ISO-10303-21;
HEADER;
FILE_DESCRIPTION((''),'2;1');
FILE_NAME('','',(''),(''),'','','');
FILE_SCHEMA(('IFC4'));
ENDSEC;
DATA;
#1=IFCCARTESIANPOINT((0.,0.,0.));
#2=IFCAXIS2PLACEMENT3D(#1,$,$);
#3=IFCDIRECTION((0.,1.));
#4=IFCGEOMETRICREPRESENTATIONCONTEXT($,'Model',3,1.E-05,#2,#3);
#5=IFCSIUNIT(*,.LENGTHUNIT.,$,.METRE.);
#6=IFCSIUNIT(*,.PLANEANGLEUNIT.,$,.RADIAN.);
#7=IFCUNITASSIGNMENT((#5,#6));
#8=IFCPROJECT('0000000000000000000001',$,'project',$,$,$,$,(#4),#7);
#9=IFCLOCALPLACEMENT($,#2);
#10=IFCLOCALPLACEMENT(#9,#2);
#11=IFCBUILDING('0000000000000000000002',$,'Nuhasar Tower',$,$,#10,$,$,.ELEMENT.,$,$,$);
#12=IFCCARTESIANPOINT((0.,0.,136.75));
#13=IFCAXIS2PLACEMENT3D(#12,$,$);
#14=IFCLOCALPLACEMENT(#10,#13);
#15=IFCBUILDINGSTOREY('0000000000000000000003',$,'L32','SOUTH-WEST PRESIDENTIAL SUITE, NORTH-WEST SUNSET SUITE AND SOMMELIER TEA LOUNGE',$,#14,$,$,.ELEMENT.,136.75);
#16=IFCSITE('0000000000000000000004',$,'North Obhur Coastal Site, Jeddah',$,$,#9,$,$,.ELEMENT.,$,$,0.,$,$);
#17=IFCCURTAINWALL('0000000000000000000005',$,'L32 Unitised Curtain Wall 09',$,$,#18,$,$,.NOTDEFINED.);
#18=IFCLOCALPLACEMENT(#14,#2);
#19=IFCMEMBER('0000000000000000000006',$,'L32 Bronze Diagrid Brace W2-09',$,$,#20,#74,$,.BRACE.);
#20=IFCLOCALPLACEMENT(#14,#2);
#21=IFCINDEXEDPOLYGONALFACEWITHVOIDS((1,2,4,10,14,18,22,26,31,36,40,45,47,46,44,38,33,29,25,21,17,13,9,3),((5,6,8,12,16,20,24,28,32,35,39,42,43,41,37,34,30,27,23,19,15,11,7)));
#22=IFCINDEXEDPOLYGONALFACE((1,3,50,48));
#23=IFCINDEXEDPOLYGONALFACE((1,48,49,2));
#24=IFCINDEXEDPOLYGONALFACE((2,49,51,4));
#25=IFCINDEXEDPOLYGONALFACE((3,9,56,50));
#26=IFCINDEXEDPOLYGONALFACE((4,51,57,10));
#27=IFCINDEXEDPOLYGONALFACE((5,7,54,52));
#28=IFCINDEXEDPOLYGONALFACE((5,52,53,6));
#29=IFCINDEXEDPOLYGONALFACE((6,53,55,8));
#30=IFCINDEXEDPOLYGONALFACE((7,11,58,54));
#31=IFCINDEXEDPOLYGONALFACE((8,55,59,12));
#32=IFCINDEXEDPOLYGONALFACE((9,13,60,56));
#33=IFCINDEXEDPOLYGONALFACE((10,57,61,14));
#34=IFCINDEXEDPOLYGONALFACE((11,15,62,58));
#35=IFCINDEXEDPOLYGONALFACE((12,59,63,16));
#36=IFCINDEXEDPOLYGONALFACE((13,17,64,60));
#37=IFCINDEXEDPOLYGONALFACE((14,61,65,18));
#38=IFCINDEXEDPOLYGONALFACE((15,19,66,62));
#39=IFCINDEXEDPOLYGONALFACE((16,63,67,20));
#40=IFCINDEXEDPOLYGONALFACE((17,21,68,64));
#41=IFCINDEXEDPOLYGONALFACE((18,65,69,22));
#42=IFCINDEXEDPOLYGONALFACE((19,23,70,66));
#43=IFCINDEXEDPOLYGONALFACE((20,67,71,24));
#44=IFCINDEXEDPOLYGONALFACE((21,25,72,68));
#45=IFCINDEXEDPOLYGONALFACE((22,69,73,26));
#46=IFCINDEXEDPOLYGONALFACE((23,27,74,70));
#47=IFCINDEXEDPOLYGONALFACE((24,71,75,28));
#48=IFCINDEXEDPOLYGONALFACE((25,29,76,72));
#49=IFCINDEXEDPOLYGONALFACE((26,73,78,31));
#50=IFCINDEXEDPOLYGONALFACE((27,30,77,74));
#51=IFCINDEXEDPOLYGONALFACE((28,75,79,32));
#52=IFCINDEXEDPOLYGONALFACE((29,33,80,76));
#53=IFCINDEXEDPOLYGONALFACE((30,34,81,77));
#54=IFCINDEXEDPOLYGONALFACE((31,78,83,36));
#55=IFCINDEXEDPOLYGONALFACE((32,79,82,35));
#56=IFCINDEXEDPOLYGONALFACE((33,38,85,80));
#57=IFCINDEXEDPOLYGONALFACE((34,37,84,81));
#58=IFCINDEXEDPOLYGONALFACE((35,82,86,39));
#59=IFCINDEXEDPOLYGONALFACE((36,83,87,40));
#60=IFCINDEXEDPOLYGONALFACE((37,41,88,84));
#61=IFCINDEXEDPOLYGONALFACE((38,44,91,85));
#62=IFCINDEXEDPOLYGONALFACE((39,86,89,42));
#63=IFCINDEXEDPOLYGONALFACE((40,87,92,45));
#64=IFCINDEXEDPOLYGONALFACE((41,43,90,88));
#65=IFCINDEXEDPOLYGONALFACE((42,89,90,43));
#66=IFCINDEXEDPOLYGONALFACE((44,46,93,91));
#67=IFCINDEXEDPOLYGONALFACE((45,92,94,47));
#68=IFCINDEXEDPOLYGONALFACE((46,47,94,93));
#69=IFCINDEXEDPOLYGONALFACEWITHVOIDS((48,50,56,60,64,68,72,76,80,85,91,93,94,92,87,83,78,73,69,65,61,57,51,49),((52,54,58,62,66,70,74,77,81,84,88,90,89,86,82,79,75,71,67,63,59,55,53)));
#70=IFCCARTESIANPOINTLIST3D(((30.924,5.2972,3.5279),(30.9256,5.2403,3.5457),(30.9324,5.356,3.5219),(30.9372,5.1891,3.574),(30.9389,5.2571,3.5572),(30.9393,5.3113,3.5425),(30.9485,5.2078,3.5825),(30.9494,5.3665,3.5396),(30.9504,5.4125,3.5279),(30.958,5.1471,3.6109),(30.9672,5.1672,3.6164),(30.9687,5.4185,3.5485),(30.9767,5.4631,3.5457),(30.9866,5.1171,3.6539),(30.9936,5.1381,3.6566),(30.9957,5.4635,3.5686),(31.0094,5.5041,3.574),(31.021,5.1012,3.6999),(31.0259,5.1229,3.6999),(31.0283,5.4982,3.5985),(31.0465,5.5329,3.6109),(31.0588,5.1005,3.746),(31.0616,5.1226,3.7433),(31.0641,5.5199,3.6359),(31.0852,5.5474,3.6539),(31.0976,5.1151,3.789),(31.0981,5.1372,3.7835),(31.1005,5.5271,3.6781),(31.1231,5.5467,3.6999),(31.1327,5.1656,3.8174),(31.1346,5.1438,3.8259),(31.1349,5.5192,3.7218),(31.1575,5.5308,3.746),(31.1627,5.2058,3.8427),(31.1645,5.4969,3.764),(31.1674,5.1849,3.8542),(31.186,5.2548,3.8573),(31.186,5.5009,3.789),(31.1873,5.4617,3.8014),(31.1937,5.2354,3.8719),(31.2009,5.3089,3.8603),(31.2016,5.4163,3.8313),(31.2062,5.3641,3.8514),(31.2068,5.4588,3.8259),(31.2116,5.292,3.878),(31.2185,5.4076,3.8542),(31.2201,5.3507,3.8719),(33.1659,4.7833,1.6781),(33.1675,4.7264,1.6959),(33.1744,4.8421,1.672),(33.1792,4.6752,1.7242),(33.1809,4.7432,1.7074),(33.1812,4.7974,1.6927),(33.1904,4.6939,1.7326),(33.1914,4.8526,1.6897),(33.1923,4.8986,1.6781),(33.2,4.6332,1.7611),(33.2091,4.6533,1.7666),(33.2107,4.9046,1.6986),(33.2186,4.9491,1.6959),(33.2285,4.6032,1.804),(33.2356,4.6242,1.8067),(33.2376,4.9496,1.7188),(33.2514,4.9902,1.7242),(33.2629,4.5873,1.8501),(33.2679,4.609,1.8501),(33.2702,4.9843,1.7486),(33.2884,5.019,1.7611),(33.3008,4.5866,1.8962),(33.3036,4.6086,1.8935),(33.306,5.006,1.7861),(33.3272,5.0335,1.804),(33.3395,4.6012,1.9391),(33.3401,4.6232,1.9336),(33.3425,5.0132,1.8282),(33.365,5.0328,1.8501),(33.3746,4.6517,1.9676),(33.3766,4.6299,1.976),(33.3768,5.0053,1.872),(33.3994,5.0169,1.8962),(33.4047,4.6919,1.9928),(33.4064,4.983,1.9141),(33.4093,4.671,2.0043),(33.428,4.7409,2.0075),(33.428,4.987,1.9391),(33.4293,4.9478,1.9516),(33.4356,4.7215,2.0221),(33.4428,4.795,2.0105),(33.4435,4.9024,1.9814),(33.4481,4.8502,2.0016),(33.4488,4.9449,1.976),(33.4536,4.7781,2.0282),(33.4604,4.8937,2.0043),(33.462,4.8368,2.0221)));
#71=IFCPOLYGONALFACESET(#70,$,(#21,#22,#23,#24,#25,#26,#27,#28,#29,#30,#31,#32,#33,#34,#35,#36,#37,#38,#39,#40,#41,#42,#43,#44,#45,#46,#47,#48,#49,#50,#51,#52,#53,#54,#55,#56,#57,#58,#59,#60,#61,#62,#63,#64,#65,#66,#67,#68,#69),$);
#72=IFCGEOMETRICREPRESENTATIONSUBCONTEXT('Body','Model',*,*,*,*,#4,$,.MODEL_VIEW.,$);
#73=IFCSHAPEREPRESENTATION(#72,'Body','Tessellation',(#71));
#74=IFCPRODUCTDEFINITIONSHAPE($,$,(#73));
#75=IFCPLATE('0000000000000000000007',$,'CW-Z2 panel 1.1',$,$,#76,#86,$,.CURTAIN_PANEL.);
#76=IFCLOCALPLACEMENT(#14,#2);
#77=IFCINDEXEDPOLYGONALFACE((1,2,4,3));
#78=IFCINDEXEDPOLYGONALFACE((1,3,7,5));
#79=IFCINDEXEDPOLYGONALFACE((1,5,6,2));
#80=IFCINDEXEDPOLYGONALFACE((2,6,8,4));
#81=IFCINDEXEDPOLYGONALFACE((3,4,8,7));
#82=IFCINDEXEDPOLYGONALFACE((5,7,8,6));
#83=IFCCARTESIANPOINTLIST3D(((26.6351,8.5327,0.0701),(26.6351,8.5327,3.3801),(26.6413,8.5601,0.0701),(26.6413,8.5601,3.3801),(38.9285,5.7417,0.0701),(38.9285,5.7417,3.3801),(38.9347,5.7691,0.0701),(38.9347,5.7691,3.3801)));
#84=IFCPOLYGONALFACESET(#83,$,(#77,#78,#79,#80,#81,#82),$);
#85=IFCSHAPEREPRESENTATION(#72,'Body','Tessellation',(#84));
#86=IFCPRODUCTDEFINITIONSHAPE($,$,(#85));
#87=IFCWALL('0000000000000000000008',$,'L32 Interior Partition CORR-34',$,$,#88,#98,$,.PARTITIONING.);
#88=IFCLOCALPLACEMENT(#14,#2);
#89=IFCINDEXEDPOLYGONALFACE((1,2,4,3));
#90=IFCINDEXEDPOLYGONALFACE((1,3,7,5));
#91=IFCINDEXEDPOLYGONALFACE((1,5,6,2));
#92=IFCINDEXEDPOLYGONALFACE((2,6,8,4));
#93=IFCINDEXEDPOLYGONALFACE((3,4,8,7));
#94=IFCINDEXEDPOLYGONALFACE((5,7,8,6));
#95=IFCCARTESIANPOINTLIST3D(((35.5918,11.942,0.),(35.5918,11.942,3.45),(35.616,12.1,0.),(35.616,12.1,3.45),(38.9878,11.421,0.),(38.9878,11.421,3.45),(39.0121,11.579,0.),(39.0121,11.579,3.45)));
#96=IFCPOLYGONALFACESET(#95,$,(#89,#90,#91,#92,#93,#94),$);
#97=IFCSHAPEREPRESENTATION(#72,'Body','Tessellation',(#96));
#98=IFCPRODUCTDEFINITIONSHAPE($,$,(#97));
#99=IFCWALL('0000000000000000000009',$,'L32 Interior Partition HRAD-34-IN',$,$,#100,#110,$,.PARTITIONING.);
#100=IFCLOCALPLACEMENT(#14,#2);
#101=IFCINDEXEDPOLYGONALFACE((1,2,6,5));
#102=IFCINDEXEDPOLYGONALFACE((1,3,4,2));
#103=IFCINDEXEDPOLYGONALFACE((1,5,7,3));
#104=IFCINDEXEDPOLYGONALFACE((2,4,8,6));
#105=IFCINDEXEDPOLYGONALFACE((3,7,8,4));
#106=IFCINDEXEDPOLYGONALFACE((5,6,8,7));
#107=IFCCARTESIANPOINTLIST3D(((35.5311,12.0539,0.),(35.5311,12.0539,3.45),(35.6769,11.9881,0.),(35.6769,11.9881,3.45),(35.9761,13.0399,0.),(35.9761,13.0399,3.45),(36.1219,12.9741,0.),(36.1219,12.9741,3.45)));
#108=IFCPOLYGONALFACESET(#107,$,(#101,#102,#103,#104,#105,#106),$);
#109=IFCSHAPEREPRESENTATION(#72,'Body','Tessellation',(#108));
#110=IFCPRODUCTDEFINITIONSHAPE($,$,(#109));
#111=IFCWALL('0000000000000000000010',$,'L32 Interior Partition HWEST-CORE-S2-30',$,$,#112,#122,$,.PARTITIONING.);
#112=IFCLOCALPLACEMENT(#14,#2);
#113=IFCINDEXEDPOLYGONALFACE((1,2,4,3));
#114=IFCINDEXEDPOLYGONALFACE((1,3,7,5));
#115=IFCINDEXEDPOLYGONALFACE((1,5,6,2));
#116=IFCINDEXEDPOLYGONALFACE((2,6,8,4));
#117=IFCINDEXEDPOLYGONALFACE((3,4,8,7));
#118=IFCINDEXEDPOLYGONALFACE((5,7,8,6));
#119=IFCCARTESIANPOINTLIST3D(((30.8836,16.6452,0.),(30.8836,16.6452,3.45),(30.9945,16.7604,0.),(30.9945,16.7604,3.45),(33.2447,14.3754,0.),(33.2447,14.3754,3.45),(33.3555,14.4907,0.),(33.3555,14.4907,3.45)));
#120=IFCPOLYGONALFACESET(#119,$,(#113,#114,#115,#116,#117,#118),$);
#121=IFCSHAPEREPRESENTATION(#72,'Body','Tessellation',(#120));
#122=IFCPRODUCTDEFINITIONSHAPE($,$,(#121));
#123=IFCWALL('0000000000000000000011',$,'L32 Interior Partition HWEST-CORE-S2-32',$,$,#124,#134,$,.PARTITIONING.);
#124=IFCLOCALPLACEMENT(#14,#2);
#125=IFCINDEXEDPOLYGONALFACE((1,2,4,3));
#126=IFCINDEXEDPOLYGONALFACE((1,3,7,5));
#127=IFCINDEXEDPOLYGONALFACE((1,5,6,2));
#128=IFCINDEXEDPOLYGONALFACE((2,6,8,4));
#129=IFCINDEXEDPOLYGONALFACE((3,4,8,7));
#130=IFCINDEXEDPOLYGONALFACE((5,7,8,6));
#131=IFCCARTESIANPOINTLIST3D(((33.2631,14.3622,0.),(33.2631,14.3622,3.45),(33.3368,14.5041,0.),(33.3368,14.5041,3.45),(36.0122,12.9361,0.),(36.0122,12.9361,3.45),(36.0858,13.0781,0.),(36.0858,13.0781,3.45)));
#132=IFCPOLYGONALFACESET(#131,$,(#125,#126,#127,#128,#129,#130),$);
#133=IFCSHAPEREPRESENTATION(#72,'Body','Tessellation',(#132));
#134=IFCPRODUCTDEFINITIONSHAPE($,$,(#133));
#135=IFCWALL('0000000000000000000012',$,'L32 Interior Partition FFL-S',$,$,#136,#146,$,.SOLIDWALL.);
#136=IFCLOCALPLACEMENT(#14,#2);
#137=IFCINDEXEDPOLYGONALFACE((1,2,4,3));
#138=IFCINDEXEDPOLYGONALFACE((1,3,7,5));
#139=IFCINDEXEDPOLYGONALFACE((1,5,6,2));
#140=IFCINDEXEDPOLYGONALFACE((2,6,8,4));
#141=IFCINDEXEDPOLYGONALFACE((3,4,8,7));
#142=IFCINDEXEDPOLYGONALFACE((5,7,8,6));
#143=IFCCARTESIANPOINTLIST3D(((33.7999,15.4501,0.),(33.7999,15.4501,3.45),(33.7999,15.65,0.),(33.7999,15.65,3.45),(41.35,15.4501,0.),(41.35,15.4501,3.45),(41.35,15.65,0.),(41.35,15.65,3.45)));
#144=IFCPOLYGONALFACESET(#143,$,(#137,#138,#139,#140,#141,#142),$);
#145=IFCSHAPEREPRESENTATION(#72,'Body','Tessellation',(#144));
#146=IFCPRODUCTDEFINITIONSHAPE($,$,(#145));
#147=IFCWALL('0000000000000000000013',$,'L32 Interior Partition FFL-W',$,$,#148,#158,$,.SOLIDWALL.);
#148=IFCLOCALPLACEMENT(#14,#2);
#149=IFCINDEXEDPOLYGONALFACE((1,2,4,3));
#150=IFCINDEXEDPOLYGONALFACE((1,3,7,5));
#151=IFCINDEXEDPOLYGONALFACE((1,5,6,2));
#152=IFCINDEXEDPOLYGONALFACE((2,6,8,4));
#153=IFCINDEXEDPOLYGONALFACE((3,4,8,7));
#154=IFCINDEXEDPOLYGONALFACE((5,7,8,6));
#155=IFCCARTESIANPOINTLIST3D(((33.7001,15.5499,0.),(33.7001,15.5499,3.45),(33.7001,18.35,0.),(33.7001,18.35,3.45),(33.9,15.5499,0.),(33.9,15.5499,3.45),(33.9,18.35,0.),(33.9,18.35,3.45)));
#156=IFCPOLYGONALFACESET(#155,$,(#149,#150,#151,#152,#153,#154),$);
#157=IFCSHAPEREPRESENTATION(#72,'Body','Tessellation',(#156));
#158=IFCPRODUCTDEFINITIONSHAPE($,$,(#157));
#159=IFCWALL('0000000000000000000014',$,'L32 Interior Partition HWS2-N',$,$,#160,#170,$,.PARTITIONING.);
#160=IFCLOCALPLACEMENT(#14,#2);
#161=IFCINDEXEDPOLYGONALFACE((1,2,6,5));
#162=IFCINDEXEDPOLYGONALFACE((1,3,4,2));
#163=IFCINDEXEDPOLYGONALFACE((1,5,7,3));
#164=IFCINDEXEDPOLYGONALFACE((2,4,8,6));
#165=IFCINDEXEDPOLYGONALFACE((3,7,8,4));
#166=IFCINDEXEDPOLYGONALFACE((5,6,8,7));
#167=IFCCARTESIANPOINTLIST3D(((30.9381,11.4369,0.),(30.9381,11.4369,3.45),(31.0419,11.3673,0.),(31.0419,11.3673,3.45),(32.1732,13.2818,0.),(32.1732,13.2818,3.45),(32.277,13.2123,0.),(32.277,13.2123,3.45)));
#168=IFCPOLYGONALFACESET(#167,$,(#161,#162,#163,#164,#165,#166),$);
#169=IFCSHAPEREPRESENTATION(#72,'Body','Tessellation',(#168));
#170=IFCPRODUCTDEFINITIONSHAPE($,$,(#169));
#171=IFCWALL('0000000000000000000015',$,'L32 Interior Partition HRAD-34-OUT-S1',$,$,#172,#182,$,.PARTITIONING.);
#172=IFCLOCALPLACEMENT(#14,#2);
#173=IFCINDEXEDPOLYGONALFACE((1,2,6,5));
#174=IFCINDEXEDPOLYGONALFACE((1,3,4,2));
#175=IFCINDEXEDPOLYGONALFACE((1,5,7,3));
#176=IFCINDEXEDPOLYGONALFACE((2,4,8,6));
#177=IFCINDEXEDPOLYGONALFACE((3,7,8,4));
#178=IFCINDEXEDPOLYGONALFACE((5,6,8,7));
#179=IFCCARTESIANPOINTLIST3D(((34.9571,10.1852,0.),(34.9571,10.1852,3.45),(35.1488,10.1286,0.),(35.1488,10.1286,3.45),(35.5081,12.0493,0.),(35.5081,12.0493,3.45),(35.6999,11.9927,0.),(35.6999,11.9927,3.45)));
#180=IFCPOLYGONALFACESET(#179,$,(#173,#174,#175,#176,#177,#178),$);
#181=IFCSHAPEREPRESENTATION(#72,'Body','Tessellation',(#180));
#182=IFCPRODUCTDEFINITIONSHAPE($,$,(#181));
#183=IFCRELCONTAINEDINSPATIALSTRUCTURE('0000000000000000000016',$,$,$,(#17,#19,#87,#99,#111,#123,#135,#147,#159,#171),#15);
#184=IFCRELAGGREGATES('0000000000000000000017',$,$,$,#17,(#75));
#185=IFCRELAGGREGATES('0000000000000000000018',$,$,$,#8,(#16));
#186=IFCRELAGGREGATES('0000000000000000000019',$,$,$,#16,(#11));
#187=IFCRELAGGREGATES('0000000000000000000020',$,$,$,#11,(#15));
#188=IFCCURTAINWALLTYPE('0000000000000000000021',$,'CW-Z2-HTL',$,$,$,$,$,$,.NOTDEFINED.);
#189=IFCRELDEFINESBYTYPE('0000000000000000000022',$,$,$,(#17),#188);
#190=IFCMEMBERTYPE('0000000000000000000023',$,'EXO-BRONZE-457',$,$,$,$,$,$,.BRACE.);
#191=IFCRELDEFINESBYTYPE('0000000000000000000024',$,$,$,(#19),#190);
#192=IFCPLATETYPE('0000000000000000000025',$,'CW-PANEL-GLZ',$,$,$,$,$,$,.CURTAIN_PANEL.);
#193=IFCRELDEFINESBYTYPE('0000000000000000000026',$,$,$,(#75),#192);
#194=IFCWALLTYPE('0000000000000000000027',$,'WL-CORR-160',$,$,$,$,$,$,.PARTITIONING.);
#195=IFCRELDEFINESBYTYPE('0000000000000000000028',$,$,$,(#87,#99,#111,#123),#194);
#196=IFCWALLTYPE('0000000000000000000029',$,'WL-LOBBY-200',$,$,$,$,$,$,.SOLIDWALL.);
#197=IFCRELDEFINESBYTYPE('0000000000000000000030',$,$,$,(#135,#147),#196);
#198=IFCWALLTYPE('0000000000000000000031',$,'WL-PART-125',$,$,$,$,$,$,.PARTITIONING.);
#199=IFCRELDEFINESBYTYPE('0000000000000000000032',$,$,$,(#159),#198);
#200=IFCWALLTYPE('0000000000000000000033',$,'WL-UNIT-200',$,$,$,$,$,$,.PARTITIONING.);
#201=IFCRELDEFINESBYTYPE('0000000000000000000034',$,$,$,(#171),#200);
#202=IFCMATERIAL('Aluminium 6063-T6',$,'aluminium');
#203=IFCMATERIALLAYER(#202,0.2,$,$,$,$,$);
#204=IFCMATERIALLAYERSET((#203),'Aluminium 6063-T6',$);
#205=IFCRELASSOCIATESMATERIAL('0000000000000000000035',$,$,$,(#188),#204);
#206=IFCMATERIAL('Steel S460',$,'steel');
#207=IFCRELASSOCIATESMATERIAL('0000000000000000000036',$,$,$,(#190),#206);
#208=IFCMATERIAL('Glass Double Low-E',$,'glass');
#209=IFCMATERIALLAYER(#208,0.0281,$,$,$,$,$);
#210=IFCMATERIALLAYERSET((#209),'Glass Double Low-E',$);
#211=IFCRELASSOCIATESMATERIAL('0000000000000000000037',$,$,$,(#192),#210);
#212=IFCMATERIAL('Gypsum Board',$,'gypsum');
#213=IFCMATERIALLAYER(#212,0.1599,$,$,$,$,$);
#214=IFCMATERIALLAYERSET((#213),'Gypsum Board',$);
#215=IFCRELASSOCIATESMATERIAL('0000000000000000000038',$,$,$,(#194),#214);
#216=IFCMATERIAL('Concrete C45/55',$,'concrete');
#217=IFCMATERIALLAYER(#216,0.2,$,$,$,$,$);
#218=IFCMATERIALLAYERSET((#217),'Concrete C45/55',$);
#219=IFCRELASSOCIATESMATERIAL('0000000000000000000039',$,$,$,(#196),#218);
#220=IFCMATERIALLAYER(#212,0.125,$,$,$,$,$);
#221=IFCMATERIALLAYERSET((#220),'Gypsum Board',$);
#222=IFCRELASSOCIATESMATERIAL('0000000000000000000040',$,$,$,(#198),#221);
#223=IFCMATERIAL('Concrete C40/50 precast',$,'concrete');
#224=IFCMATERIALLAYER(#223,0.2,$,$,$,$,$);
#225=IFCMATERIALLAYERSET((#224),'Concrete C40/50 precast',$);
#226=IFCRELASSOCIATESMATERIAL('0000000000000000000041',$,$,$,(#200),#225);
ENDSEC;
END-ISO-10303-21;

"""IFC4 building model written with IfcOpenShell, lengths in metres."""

from ifc_helpers import new_model, si_unit, direction, frame, frame_2d, origin, origin_2d, place, context, subcontext, project, spatial, rectangle, hollow_circle, extrude, material, layer, layer_set, material_profile, profile_set, type_object, element, aggregate, save


model = new_model("IFC4")

# Units and contexts
model_context = context("Model", 3, precision=1e-05, world=origin(), true_north=direction((0.0, 1.0)))
body_context = subcontext(model_context, "Body", "Model", "MODEL_VIEW")
ifc_project = project(units=[si_unit("LENGTHUNIT", "METRE"), si_unit("PLANEANGLEUNIT", "RADIAN")], contexts=[model_context])

# Site, building, storey
site_placement = place(None, origin())
site = spatial("IfcSite", under=ifc_project, at=site_placement, Name="North Obhur Coastal Site, Jeddah", CompositionType="ELEMENT", RefElevation=0.0)
building_placement = place(site_placement, origin())
building = spatial("IfcBuilding", under=site, at=building_placement, Name="Nuhasar Tower", CompositionType="ELEMENT")
storey_placement = place(building_placement, frame((0.0, 0.0, 136.75)))
storey = spatial("IfcBuildingStorey", under=building, at=storey_placement, Name="L32", Description="SOUTH-WEST PRESIDENTIAL SUITE, NORTH-WEST SUNSET SUITE AND SOMMELIER TEA LOUNGE", CompositionType="ELEMENT", Elevation=136.75)

# Curtain wall
ifc_material_1 = material(Name="Aluminium 6063-T6", Category="aluminium")
ifc_layer_1 = layer(ifc_material_1, 0.2)
ifc_layer_set_1 = layer_set([ifc_layer_1], Name="Aluminium 6063-T6")
curtain_wall_type = type_object("IfcCurtainWallType", Name="CW-Z2-HTL", PredefinedType="NOTDEFINED", material=ifc_layer_set_1)
curtain_wall_placement = place(storey_placement, origin())
curtain_wall = element("IfcCurtainWall", 1, at=curtain_wall_placement, inside=storey, type_object=curtain_wall_type, Name="L32 Unitised Curtain Wall 09", PredefinedType="NOTDEFINED")

# Member
ifc_material_2 = material(Name="Steel S460", Category="steel")
ifc_material_profile_1 = material_profile(ifc_material_2, hollow_circle(Radius=0.2285, WallThickness=0.0222, at=origin_2d()), Name="HSS457X22.2")
ifc_profile_set_1 = profile_set([ifc_material_profile_1], Name="Steel S460")
member_type_1 = type_object("IfcMemberType", Name="EXO-BRONZE-457", PredefinedType="BRACE", material=ifc_profile_set_1)
member_1_placement = place(storey_placement, frame((33.314, 4.8101, 1.8501), z_axis=(-0.75955, 0.17411, 0.626713), x_axis=(-0.223433, -0.974719, 0.0)))
element("IfcMember", 2, at=member_1_placement, inside=storey, type_object=member_type_1, Name="L32 Bronze Diagrid Brace W2-09", PredefinedType="BRACE", context=body_context, shape_type="SweptSolid", body=[
    extrude(hollow_circle(Radius=0.2285, WallThickness=0.0222, at=origin_2d()), origin(), (0.0, 0.0, 1.0), 2.9517),
])

# Plate
ifc_material_3 = material(Name="Glass Double Low-E", Category="glass")
ifc_layer_2 = layer(ifc_material_3, 0.0281)
ifc_layer_set_2 = layer_set([ifc_layer_2], Name="Glass Double Low-E")
plate_type = type_object("IfcPlateType", Name="CW-PANEL-GLZ", PredefinedType="CURTAIN_PANEL", material=ifc_layer_set_2)
plate_placement = place(storey_placement, frame((32.7849, 7.1509, 0.0701), z_axis=(0.0, 0.0, 1.0), x_axis=(0.975184, -0.221397, 0.0)))
plate = element("IfcPlate", 3, at=plate_placement, type_object=plate_type, Name="CW-Z2 panel 1.1", PredefinedType="CURTAIN_PANEL", context=body_context, shape_type="SweptSolid", body=[
    extrude(rectangle(XDim=12.6062, YDim=0.0281, at=origin_2d()), origin(), (0.0, 0.0, 1.0), 3.3101),
])
aggregate(curtain_wall, [plate])

# Walls
ifc_material_4 = material(Name="Gypsum Board", Category="gypsum")
ifc_layer_3 = layer(ifc_material_4, 0.1599)
ifc_layer_set_3 = layer_set([ifc_layer_3], Name="Gypsum Board")
wall_type_1 = type_object("IfcWallType", Name="WL-CORR-160", PredefinedType="PARTITIONING", material=ifc_layer_set_3)
wall_1_placement = place(storey_placement, frame((35.604, 12.021, 0.0), z_axis=(0.0, 0.0, 1.0), x_axis=(0.988436, -0.151641, 0.0)))
element("IfcWall", 4, at=wall_1_placement, inside=storey, type_object=wall_type_1, Name="L32 Interior Partition CORR-34", PredefinedType="PARTITIONING", context=body_context, shape_type="SweptSolid", body=[
    extrude(rectangle(XDim=3.4358, YDim=0.1599, at=frame_2d((1.7178, 0.0))), origin(), (0.0, 0.0, 1.0), 3.45),
])
wall_2_placement = place(storey_placement, frame((36.0491, 13.0071, 0.0), z_axis=(0.0, 0.0, 1.0), x_axis=(-0.411387, -0.911461, 0.0)))
element("IfcWall", 5, at=wall_2_placement, inside=storey, type_object=wall_type_1, Name="L32 Interior Partition HRAD-34-IN", PredefinedType="PARTITIONING", context=body_context, shape_type="SweptSolid", body=[
    extrude(rectangle(XDim=1.0818, YDim=0.1599, at=frame_2d((0.541, 0.0))), origin(), (0.0, 0.0, 1.0), 3.45),
])
wall_3_placement = place(storey_placement, frame((30.939, 16.7029, 0.0), z_axis=(0.0, 0.0, 1.0), x_axis=(0.720909, -0.69303, 0.0)))
element("IfcWall", 6, at=wall_3_placement, inside=storey, type_object=wall_type_1, Name="L32 Interior Partition HWEST-CORE-S2-30", PredefinedType="PARTITIONING", context=body_context, shape_type="SweptSolid", body=[
    extrude(rectangle(XDim=3.2751, YDim=0.1599, at=frame_2d((1.6377, 0.0))), origin(), (0.0, 0.0, 1.0), 3.45),
])
wall_4_placement = place(storey_placement, frame((33.3, 14.4331, 0.0), z_axis=(0.0, 0.0, 1.0), x_axis=(0.887675, -0.460471, 0.0)))
element("IfcWall", 7, at=wall_4_placement, inside=storey, type_object=wall_type_1, Name="L32 Interior Partition HWEST-CORE-S2-32", PredefinedType="PARTITIONING", context=body_context, shape_type="SweptSolid", body=[
    extrude(rectangle(XDim=3.0969, YDim=0.1599, at=frame_2d((1.5483, 0.0))), origin(), (0.0, 0.0, 1.0), 3.45),
])
ifc_material_5 = material(Name="Concrete C45/55", Category="concrete")
ifc_layer_4 = layer(ifc_material_5, 0.2)
ifc_layer_set_4 = layer_set([ifc_layer_4], Name="Concrete C45/55")
wall_type_2 = type_object("IfcWallType", Name="WL-LOBBY-200", PredefinedType="SOLIDWALL", material=ifc_layer_set_4)
wall_5_placement = place(storey_placement, frame((33.8, 15.55, 0.0), z_axis=(0.0, 0.0, 1.0), x_axis=(1.0, 0.0, 0.0)))
element("IfcWall", 8, at=wall_5_placement, inside=storey, type_object=wall_type_2, Name="L32 Interior Partition FFL-S", PredefinedType="SOLIDWALL", context=body_context, shape_type="SweptSolid", body=[
    extrude(rectangle(XDim=7.55, YDim=0.2, at=frame_2d((3.7749, 0.0))), origin(), (0.0, 0.0, 1.0), 3.45),
])
wall_6_placement = place(storey_placement, frame((33.8, 15.55, 0.0), z_axis=(0.0, 0.0, 1.0), x_axis=(0.0, 1.0, 0.0)))
element("IfcWall", 9, at=wall_6_placement, inside=storey, type_object=wall_type_2, Name="L32 Interior Partition FFL-W", PredefinedType="SOLIDWALL", context=body_context, shape_type="SweptSolid", body=[
    extrude(rectangle(XDim=2.8, YDim=0.2, at=frame_2d((1.3999, 0.0))), origin(), (0.0, 0.0, 1.0), 3.45),
])
ifc_layer_5 = layer(ifc_material_4, 0.125)
ifc_layer_set_5 = layer_set([ifc_layer_5], Name="Gypsum Board")
wall_type_3 = type_object("IfcWallType", Name="WL-PART-125", PredefinedType="PARTITIONING", material=ifc_layer_set_5)
wall_7_placement = place(storey_placement, frame((32.2251, 13.2471, 0.0), z_axis=(0.0, 0.0, 1.0), x_axis=(-0.556298, -0.830983, 0.0)))
element("IfcWall", 10, at=wall_7_placement, inside=storey, type_object=wall_type_3, Name="L32 Interior Partition HWS2-N", PredefinedType="PARTITIONING", context=body_context, shape_type="SweptSolid", body=[
    extrude(rectangle(XDim=2.2202, YDim=0.125, at=frame_2d((1.1101, 0.0))), origin(), (0.0, 0.0, 1.0), 3.45),
])
ifc_material_6 = material(Name="Concrete C40/50 precast", Category="concrete")
ifc_layer_6 = layer(ifc_material_6, 0.2)
ifc_layer_set_6 = layer_set([ifc_layer_6], Name="Concrete C40/50 precast")
wall_type_4 = type_object("IfcWallType", Name="WL-UNIT-200", PredefinedType="PARTITIONING", material=ifc_layer_set_6)
wall_8_placement = place(storey_placement, frame((35.604, 12.021, 0.0), z_axis=(0.0, 0.0, 1.0), x_axis=(-0.283485, -0.958977, 0.0)))
element("IfcWall", 11, at=wall_8_placement, inside=storey, type_object=wall_type_4, Name="L32 Interior Partition HRAD-34-OUT-S1", PredefinedType="PARTITIONING", context=body_context, shape_type="SweptSolid", body=[
    extrude(rectangle(XDim=1.9438, YDim=0.2, at=frame_2d((0.9719, 0.0))), origin(), (0.0, 0.0, 1.0), 3.45),
])

save(model, "model.ifc")
